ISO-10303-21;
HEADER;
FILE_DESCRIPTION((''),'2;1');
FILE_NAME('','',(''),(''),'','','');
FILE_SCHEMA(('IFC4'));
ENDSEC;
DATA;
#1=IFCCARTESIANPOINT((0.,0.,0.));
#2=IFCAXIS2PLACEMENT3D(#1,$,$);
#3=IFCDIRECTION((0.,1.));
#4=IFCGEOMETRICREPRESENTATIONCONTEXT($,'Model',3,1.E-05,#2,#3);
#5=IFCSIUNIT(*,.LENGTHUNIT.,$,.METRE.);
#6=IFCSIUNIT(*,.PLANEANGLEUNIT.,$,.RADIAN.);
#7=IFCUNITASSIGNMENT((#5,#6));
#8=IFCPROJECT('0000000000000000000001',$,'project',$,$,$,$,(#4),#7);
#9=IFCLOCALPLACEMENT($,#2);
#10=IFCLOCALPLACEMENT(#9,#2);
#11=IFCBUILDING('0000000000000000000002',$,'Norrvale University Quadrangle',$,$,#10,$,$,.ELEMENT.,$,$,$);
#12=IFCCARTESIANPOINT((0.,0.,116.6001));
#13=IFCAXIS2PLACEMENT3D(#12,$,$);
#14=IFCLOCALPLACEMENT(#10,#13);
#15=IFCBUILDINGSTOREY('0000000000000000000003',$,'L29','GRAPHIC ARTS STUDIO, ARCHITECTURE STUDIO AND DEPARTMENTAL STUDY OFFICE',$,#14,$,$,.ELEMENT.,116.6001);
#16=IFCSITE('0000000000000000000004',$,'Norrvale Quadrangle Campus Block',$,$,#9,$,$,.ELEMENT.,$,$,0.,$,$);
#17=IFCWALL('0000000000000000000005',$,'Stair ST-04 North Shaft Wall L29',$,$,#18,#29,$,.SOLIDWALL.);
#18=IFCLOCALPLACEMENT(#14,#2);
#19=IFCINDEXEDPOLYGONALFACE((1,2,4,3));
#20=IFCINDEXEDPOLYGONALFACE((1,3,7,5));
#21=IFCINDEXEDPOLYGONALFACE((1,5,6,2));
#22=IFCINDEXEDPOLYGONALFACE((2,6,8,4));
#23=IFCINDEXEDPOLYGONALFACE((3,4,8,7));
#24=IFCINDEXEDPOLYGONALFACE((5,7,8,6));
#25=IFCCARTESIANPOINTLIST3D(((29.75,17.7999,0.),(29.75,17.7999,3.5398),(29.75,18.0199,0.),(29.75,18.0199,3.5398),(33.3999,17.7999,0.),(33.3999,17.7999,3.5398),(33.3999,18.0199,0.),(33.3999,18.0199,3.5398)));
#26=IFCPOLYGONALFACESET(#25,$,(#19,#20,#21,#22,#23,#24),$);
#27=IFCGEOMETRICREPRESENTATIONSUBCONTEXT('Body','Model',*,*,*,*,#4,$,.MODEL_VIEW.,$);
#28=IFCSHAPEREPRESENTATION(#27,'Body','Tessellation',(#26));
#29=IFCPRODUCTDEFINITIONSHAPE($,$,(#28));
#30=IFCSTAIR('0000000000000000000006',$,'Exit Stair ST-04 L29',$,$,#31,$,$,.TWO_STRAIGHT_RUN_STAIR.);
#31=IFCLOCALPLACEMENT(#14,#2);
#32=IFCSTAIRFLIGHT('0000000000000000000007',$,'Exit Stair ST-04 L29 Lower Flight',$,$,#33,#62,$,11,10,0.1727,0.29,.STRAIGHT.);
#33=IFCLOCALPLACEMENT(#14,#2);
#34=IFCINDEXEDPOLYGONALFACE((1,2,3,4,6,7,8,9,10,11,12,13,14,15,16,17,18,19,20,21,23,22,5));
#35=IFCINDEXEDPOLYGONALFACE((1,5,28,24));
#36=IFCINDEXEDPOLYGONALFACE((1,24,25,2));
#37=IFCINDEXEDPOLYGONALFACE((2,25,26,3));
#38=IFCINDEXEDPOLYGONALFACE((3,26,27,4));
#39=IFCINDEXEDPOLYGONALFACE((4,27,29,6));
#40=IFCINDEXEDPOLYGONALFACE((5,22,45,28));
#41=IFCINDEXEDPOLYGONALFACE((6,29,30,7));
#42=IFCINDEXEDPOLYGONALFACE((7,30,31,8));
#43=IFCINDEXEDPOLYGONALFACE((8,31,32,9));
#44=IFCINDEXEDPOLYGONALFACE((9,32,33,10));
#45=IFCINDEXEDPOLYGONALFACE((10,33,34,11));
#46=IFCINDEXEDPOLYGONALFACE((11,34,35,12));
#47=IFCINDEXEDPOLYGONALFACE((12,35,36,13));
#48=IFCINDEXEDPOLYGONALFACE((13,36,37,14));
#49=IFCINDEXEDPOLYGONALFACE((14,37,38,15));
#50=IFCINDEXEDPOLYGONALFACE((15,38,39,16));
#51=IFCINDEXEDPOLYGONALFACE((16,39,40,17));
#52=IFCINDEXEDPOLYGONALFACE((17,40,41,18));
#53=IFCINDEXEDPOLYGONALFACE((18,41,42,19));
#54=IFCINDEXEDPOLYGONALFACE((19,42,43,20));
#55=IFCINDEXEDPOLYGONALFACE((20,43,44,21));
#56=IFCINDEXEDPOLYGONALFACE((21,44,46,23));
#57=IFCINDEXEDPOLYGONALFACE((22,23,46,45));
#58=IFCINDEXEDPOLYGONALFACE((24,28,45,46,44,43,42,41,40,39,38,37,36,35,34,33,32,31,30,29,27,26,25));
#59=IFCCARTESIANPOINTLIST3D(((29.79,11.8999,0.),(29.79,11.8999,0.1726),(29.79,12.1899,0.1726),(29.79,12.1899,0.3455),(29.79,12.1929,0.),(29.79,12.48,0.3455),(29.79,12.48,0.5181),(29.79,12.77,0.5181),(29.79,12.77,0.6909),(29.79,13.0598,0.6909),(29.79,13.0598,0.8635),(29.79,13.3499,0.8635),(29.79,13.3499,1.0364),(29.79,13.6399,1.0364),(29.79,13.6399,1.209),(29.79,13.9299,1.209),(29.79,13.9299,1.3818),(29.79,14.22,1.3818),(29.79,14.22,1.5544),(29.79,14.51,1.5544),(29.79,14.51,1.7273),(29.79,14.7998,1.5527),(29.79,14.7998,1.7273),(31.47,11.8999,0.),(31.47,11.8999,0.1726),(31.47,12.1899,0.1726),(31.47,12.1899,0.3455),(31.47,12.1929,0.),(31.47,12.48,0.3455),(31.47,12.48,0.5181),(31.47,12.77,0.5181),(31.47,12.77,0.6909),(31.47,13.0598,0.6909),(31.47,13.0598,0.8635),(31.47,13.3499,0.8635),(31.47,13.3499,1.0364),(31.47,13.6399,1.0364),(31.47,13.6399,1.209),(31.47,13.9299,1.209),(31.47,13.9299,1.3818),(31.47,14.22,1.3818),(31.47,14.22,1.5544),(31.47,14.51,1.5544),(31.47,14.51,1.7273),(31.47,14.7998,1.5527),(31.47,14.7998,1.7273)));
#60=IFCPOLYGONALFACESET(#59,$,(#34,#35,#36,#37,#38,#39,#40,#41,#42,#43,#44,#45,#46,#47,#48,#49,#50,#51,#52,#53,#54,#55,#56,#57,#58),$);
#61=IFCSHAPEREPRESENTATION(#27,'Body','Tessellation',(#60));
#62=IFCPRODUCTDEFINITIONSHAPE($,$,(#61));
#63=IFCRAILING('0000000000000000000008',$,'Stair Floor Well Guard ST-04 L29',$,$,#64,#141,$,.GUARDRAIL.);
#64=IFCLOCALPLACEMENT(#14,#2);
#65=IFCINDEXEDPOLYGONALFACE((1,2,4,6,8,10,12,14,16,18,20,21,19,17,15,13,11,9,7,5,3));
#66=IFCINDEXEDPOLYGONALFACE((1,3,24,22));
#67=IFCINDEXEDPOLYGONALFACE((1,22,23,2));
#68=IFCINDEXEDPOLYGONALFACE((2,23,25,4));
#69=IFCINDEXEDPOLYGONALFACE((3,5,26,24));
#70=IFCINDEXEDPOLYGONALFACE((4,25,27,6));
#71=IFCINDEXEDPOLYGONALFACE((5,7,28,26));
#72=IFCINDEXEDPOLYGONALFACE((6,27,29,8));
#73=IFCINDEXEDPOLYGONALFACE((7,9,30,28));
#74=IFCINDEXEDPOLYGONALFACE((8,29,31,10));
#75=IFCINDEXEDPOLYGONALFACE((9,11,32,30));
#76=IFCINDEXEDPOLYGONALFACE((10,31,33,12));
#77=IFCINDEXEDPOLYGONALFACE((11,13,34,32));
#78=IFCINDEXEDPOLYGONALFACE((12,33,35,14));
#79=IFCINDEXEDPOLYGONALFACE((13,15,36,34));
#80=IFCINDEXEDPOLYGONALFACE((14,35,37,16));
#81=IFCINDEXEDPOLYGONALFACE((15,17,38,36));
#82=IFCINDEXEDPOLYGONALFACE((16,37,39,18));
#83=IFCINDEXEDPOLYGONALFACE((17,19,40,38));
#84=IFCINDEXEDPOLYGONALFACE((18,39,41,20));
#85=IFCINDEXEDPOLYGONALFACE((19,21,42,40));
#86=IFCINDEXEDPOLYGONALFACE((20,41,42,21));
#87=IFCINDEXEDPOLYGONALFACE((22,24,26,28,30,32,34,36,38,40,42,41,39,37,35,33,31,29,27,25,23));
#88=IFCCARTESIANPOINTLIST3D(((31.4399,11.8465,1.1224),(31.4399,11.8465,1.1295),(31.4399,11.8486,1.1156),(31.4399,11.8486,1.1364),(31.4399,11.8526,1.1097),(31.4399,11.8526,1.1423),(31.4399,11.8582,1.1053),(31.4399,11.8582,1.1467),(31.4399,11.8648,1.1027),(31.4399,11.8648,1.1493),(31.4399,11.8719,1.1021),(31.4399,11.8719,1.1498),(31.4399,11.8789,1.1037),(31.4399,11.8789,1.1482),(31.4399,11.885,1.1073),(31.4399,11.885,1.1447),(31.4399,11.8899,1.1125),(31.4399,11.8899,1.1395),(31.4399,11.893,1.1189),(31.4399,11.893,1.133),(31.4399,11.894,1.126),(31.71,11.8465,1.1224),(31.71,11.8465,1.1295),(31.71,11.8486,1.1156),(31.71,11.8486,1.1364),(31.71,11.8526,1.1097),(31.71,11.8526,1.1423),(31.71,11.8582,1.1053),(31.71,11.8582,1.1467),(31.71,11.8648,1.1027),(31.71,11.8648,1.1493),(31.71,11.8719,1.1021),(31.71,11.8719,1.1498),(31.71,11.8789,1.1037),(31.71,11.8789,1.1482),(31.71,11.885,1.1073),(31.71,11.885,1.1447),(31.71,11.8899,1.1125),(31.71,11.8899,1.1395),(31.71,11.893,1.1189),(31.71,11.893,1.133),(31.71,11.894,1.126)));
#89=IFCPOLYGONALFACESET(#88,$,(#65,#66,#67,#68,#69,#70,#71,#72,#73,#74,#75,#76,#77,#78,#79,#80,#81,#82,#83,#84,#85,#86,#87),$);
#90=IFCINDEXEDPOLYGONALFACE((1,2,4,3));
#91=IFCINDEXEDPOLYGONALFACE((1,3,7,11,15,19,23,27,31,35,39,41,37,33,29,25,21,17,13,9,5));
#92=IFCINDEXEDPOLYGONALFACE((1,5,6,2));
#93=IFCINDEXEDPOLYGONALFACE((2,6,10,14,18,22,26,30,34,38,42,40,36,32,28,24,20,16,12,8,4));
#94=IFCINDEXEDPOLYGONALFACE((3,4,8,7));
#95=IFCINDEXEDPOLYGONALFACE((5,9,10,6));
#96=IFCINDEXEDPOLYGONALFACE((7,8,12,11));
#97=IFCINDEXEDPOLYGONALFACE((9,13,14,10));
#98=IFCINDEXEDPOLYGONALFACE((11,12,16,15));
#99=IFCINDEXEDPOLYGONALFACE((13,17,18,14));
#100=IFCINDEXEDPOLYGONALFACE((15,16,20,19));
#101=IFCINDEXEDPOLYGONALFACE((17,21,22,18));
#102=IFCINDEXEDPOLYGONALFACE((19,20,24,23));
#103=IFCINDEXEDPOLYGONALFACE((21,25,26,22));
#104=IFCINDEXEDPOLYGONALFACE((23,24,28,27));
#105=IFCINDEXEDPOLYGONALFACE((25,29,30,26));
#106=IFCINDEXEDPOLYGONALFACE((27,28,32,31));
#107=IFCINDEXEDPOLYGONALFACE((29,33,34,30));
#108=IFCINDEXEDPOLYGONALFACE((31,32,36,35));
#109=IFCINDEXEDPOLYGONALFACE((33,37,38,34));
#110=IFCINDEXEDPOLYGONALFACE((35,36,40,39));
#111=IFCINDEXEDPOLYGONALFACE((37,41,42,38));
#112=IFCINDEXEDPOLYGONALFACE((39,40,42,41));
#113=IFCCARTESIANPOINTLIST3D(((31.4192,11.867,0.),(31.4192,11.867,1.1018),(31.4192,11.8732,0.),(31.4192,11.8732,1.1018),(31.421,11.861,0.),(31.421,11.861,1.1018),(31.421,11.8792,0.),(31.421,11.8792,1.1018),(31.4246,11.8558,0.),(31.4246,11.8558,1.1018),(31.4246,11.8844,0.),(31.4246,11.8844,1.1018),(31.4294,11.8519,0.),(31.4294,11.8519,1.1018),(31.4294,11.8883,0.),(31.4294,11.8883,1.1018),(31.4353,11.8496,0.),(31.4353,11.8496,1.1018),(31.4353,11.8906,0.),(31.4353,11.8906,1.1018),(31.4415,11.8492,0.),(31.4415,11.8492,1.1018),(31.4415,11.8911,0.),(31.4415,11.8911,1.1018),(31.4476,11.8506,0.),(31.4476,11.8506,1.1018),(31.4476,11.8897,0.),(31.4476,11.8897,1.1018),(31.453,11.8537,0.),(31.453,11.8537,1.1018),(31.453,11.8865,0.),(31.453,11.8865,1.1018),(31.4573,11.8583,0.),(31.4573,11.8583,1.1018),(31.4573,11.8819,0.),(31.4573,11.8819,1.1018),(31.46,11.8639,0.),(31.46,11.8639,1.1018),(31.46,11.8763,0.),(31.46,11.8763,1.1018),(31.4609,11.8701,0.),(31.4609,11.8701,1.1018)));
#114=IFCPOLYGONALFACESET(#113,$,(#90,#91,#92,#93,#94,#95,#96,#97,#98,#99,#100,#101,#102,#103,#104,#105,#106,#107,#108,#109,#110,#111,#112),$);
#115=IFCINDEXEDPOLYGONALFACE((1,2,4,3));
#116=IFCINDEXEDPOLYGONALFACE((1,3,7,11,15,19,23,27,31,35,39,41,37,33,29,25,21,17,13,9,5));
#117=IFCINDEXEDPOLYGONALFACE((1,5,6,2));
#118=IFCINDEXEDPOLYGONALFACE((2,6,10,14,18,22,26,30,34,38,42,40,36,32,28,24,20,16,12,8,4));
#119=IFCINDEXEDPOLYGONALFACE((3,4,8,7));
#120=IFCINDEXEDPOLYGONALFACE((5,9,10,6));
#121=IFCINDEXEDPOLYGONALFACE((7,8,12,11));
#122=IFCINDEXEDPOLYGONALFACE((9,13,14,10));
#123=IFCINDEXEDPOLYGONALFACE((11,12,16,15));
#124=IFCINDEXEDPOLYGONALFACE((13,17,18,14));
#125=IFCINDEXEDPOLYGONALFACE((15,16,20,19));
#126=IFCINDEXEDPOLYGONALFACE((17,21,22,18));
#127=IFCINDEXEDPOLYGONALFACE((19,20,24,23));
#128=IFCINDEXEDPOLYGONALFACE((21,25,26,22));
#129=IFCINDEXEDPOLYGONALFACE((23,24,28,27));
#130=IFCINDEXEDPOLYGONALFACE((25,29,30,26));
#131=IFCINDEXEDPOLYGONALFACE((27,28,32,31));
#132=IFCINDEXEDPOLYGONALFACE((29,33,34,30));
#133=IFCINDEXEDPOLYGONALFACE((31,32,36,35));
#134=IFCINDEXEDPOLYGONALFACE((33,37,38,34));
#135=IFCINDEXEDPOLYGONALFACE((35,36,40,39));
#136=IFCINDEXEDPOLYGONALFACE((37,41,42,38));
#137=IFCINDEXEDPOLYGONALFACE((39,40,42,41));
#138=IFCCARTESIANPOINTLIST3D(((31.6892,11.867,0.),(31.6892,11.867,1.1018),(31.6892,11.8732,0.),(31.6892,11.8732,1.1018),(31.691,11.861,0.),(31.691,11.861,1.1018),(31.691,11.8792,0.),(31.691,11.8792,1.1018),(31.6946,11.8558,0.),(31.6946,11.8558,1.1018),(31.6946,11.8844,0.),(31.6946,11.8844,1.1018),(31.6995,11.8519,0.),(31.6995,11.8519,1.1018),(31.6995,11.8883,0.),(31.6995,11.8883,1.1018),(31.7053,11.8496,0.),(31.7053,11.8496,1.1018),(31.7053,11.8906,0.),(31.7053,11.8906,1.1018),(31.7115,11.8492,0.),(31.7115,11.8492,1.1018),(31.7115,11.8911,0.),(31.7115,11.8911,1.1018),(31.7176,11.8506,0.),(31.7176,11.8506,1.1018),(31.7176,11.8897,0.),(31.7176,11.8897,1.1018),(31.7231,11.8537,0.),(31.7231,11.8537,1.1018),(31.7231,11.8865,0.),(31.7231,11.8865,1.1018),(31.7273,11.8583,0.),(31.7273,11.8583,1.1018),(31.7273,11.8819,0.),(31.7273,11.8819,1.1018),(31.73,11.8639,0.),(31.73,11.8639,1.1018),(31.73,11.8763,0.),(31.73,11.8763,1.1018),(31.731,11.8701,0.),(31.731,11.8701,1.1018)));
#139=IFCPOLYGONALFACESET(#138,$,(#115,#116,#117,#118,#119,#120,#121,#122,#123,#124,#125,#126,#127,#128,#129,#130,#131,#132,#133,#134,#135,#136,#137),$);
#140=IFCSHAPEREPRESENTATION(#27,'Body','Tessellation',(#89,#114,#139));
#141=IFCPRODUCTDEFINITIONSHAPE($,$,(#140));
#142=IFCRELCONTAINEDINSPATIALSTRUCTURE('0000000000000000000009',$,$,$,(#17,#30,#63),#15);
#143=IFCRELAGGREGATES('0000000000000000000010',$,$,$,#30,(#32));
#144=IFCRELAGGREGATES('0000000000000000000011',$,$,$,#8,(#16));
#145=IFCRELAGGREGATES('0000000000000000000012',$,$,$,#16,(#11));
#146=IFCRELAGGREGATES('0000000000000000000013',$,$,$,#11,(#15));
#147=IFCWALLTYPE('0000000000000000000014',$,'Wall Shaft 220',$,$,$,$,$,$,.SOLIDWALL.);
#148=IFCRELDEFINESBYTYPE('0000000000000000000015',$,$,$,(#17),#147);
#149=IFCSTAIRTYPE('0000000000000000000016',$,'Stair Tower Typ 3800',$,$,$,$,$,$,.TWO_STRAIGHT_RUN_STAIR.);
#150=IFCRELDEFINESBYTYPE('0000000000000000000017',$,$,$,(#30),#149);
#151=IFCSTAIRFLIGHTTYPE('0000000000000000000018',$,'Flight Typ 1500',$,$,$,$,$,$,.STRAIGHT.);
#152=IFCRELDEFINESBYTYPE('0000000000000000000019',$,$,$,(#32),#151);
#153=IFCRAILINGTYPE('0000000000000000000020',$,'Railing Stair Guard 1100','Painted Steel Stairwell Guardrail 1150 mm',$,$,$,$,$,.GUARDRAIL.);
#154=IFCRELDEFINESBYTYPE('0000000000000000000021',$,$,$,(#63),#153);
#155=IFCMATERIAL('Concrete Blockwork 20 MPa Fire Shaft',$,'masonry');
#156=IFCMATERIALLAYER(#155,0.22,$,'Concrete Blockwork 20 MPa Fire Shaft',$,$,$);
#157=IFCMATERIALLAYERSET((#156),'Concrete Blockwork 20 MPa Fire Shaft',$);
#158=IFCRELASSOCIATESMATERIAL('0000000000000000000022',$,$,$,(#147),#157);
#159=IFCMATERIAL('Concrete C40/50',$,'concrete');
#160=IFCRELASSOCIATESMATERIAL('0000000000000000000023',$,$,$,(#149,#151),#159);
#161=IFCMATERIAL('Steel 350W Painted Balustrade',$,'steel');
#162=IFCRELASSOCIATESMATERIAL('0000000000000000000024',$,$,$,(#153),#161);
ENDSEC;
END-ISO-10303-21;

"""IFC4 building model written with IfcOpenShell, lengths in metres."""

from ifc_helpers import new_model, si_unit, direction, frame, frame_2d, origin, origin_2d, place, context, subcontext, project, spatial, polyline, rectangle, circle, outline, extrude, material, layer, layer_set, type_object, element, aggregate, save


model = new_model("IFC4")

# Units and contexts
model_context = context("Model", 3, precision=1e-05, world=origin(), true_north=direction((0.0, 1.0)))
body_context = subcontext(model_context, "Body", "Model", "MODEL_VIEW")
ifc_project = project(units=[si_unit("LENGTHUNIT", "METRE"), si_unit("PLANEANGLEUNIT", "RADIAN")], contexts=[model_context])

# Site, building, storey
site_placement = place(None, origin())
site = spatial("IfcSite", under=ifc_project, at=site_placement, Name="Norrvale Quadrangle Campus Block", CompositionType="ELEMENT", RefElevation=0.0)
building_placement = place(site_placement, origin())
building = spatial("IfcBuilding", under=site, at=building_placement, Name="Norrvale University Quadrangle", CompositionType="ELEMENT")
storey_placement = place(building_placement, frame((0.0, 0.0, 116.6001)))
storey = spatial("IfcBuildingStorey", under=building, at=storey_placement, Name="L29", Description="GRAPHIC ARTS STUDIO, ARCHITECTURE STUDIO AND DEPARTMENTAL STUDY OFFICE", CompositionType="ELEMENT", Elevation=116.6001)

# Shared definitions
ifc_material_1 = material(Name="Concrete Blockwork 20 MPa Fire Shaft", Category="masonry")
ifc_layer_1 = layer(ifc_material_1, 0.22, Name="Concrete Blockwork 20 MPa Fire Shaft")
ifc_layer_set_1 = layer_set([ifc_layer_1], Name="Concrete Blockwork 20 MPa Fire Shaft")
wall_type_1 = type_object("IfcWallType", Name="Wall Shaft 220", PredefinedType="SOLIDWALL", material=ifc_layer_set_1)

# Wall
wall_1_placement = place(storey_placement, frame((29.75, 17.9099, 0.0), z_axis=(0.0, 0.0, 1.0), x_axis=(1.0, 0.0, 0.0)))
element("IfcWall", 1, at=wall_1_placement, inside=storey, type_object=wall_type_1, Name="Stair ST-04 North Shaft Wall L29", PredefinedType="SOLIDWALL", context=body_context, shape_type="SweptSolid", body=[
    extrude(rectangle(XDim=3.6499, YDim=0.22, at=frame_2d((1.825, 0.0))), origin(), (0.0, 0.0, 1.0), 3.5398),
])

# Stair, stair flight
ifc_material_2 = material(Name="Concrete C40/50", Category="concrete")
stair_type = type_object("IfcStairType", Name="Stair Tower Typ 3800", PredefinedType="TWO_STRAIGHT_RUN_STAIR", material=ifc_material_2)
stair_placement = place(storey_placement, origin())
stair = element("IfcStair", 2, at=stair_placement, inside=storey, type_object=stair_type, Name="Exit Stair ST-04 L29", PredefinedType="TWO_STRAIGHT_RUN_STAIR")
stair_flight_type = type_object("IfcStairFlightType", Name="Flight Typ 1500", PredefinedType="STRAIGHT", material=ifc_material_2)
stair_flight_placement = place(storey_placement, frame((30.6299, 11.8999, 0.0), z_axis=(0.0, 0.0, 1.0), x_axis=(0.0, 1.0, 0.0)))
stair_flight = element("IfcStairFlight", 3, at=stair_flight_placement, type_object=stair_flight_type, Name="Exit Stair ST-04 L29 Lower Flight", NumberOfRisers=11, NumberOfTreads=10, PredefinedType="STRAIGHT", RiserHeight=0.1727, TreadLength=0.29, context=body_context, shape_type="SweptSolid", body=[
    extrude(outline(polyline([(0.0, 0.0), (0.0, 0.1726), (0.29, 0.1726), (0.29, 0.3455), (0.5801, 0.3455), (0.5801, 0.5181), (0.8701, 0.5181), (0.8701, 0.6909), (1.1599, 0.6909), (1.1599, 0.8635), (1.45, 0.8635), (1.45, 1.0364), (1.74, 1.0364), (1.74, 1.209), (2.03, 1.209), (2.03, 1.3818), (2.3201, 1.3818), (2.3201, 1.5544), (2.6101, 1.5544), (2.6101, 1.7273), (2.8999, 1.7273), (2.8999, 1.8999), (2.8999, 1.5527), (0.293, 0.0), (0.0, 0.0)])), frame((0.0, 0.8398, 0.0), z_axis=(0.0, -1.0, 0.0), x_axis=(1.0, 0.0, 0.0)), (0.0, 0.0, 1.0), 1.6799),
])
aggregate(stair, [stair_flight])

# Railing
ifc_material_3 = material(Name="Steel 350W Painted Balustrade", Category="steel")
railing_type_1 = type_object("IfcRailingType", Name="Railing Stair Guard 1100", Description="Painted Steel Stairwell Guardrail 1150 mm", PredefinedType="GUARDRAIL", material=ifc_material_3)
railing_1_placement = place(storey_placement, frame((31.4399, 11.8701, 0.0)))
element("IfcRailing", 4, at=railing_1_placement, inside=storey, type_object=railing_type_1, Name="Stair Floor Well Guard ST-04 L29", PredefinedType="GUARDRAIL", context=body_context, shape_type="SweptSolid", body=[
    extrude(circle(Radius=0.0239, at=origin_2d()), frame((0.0, 0.0, 1.126), z_axis=(1.0, 0.0, 0.0), x_axis=(0.0, 1.0, 0.0)), (0.0, 0.0, 1.0), 0.27),
    extrude(circle(Radius=0.021, at=origin_2d()), origin(), (0.0, 0.0, 1.0), 1.1018),
    extrude(circle(Radius=0.021, at=origin_2d()), frame((0.27, 0.0, 0.0)), (0.0, 0.0, 1.0), 1.1018),
])

save(model, "model.ifc")
